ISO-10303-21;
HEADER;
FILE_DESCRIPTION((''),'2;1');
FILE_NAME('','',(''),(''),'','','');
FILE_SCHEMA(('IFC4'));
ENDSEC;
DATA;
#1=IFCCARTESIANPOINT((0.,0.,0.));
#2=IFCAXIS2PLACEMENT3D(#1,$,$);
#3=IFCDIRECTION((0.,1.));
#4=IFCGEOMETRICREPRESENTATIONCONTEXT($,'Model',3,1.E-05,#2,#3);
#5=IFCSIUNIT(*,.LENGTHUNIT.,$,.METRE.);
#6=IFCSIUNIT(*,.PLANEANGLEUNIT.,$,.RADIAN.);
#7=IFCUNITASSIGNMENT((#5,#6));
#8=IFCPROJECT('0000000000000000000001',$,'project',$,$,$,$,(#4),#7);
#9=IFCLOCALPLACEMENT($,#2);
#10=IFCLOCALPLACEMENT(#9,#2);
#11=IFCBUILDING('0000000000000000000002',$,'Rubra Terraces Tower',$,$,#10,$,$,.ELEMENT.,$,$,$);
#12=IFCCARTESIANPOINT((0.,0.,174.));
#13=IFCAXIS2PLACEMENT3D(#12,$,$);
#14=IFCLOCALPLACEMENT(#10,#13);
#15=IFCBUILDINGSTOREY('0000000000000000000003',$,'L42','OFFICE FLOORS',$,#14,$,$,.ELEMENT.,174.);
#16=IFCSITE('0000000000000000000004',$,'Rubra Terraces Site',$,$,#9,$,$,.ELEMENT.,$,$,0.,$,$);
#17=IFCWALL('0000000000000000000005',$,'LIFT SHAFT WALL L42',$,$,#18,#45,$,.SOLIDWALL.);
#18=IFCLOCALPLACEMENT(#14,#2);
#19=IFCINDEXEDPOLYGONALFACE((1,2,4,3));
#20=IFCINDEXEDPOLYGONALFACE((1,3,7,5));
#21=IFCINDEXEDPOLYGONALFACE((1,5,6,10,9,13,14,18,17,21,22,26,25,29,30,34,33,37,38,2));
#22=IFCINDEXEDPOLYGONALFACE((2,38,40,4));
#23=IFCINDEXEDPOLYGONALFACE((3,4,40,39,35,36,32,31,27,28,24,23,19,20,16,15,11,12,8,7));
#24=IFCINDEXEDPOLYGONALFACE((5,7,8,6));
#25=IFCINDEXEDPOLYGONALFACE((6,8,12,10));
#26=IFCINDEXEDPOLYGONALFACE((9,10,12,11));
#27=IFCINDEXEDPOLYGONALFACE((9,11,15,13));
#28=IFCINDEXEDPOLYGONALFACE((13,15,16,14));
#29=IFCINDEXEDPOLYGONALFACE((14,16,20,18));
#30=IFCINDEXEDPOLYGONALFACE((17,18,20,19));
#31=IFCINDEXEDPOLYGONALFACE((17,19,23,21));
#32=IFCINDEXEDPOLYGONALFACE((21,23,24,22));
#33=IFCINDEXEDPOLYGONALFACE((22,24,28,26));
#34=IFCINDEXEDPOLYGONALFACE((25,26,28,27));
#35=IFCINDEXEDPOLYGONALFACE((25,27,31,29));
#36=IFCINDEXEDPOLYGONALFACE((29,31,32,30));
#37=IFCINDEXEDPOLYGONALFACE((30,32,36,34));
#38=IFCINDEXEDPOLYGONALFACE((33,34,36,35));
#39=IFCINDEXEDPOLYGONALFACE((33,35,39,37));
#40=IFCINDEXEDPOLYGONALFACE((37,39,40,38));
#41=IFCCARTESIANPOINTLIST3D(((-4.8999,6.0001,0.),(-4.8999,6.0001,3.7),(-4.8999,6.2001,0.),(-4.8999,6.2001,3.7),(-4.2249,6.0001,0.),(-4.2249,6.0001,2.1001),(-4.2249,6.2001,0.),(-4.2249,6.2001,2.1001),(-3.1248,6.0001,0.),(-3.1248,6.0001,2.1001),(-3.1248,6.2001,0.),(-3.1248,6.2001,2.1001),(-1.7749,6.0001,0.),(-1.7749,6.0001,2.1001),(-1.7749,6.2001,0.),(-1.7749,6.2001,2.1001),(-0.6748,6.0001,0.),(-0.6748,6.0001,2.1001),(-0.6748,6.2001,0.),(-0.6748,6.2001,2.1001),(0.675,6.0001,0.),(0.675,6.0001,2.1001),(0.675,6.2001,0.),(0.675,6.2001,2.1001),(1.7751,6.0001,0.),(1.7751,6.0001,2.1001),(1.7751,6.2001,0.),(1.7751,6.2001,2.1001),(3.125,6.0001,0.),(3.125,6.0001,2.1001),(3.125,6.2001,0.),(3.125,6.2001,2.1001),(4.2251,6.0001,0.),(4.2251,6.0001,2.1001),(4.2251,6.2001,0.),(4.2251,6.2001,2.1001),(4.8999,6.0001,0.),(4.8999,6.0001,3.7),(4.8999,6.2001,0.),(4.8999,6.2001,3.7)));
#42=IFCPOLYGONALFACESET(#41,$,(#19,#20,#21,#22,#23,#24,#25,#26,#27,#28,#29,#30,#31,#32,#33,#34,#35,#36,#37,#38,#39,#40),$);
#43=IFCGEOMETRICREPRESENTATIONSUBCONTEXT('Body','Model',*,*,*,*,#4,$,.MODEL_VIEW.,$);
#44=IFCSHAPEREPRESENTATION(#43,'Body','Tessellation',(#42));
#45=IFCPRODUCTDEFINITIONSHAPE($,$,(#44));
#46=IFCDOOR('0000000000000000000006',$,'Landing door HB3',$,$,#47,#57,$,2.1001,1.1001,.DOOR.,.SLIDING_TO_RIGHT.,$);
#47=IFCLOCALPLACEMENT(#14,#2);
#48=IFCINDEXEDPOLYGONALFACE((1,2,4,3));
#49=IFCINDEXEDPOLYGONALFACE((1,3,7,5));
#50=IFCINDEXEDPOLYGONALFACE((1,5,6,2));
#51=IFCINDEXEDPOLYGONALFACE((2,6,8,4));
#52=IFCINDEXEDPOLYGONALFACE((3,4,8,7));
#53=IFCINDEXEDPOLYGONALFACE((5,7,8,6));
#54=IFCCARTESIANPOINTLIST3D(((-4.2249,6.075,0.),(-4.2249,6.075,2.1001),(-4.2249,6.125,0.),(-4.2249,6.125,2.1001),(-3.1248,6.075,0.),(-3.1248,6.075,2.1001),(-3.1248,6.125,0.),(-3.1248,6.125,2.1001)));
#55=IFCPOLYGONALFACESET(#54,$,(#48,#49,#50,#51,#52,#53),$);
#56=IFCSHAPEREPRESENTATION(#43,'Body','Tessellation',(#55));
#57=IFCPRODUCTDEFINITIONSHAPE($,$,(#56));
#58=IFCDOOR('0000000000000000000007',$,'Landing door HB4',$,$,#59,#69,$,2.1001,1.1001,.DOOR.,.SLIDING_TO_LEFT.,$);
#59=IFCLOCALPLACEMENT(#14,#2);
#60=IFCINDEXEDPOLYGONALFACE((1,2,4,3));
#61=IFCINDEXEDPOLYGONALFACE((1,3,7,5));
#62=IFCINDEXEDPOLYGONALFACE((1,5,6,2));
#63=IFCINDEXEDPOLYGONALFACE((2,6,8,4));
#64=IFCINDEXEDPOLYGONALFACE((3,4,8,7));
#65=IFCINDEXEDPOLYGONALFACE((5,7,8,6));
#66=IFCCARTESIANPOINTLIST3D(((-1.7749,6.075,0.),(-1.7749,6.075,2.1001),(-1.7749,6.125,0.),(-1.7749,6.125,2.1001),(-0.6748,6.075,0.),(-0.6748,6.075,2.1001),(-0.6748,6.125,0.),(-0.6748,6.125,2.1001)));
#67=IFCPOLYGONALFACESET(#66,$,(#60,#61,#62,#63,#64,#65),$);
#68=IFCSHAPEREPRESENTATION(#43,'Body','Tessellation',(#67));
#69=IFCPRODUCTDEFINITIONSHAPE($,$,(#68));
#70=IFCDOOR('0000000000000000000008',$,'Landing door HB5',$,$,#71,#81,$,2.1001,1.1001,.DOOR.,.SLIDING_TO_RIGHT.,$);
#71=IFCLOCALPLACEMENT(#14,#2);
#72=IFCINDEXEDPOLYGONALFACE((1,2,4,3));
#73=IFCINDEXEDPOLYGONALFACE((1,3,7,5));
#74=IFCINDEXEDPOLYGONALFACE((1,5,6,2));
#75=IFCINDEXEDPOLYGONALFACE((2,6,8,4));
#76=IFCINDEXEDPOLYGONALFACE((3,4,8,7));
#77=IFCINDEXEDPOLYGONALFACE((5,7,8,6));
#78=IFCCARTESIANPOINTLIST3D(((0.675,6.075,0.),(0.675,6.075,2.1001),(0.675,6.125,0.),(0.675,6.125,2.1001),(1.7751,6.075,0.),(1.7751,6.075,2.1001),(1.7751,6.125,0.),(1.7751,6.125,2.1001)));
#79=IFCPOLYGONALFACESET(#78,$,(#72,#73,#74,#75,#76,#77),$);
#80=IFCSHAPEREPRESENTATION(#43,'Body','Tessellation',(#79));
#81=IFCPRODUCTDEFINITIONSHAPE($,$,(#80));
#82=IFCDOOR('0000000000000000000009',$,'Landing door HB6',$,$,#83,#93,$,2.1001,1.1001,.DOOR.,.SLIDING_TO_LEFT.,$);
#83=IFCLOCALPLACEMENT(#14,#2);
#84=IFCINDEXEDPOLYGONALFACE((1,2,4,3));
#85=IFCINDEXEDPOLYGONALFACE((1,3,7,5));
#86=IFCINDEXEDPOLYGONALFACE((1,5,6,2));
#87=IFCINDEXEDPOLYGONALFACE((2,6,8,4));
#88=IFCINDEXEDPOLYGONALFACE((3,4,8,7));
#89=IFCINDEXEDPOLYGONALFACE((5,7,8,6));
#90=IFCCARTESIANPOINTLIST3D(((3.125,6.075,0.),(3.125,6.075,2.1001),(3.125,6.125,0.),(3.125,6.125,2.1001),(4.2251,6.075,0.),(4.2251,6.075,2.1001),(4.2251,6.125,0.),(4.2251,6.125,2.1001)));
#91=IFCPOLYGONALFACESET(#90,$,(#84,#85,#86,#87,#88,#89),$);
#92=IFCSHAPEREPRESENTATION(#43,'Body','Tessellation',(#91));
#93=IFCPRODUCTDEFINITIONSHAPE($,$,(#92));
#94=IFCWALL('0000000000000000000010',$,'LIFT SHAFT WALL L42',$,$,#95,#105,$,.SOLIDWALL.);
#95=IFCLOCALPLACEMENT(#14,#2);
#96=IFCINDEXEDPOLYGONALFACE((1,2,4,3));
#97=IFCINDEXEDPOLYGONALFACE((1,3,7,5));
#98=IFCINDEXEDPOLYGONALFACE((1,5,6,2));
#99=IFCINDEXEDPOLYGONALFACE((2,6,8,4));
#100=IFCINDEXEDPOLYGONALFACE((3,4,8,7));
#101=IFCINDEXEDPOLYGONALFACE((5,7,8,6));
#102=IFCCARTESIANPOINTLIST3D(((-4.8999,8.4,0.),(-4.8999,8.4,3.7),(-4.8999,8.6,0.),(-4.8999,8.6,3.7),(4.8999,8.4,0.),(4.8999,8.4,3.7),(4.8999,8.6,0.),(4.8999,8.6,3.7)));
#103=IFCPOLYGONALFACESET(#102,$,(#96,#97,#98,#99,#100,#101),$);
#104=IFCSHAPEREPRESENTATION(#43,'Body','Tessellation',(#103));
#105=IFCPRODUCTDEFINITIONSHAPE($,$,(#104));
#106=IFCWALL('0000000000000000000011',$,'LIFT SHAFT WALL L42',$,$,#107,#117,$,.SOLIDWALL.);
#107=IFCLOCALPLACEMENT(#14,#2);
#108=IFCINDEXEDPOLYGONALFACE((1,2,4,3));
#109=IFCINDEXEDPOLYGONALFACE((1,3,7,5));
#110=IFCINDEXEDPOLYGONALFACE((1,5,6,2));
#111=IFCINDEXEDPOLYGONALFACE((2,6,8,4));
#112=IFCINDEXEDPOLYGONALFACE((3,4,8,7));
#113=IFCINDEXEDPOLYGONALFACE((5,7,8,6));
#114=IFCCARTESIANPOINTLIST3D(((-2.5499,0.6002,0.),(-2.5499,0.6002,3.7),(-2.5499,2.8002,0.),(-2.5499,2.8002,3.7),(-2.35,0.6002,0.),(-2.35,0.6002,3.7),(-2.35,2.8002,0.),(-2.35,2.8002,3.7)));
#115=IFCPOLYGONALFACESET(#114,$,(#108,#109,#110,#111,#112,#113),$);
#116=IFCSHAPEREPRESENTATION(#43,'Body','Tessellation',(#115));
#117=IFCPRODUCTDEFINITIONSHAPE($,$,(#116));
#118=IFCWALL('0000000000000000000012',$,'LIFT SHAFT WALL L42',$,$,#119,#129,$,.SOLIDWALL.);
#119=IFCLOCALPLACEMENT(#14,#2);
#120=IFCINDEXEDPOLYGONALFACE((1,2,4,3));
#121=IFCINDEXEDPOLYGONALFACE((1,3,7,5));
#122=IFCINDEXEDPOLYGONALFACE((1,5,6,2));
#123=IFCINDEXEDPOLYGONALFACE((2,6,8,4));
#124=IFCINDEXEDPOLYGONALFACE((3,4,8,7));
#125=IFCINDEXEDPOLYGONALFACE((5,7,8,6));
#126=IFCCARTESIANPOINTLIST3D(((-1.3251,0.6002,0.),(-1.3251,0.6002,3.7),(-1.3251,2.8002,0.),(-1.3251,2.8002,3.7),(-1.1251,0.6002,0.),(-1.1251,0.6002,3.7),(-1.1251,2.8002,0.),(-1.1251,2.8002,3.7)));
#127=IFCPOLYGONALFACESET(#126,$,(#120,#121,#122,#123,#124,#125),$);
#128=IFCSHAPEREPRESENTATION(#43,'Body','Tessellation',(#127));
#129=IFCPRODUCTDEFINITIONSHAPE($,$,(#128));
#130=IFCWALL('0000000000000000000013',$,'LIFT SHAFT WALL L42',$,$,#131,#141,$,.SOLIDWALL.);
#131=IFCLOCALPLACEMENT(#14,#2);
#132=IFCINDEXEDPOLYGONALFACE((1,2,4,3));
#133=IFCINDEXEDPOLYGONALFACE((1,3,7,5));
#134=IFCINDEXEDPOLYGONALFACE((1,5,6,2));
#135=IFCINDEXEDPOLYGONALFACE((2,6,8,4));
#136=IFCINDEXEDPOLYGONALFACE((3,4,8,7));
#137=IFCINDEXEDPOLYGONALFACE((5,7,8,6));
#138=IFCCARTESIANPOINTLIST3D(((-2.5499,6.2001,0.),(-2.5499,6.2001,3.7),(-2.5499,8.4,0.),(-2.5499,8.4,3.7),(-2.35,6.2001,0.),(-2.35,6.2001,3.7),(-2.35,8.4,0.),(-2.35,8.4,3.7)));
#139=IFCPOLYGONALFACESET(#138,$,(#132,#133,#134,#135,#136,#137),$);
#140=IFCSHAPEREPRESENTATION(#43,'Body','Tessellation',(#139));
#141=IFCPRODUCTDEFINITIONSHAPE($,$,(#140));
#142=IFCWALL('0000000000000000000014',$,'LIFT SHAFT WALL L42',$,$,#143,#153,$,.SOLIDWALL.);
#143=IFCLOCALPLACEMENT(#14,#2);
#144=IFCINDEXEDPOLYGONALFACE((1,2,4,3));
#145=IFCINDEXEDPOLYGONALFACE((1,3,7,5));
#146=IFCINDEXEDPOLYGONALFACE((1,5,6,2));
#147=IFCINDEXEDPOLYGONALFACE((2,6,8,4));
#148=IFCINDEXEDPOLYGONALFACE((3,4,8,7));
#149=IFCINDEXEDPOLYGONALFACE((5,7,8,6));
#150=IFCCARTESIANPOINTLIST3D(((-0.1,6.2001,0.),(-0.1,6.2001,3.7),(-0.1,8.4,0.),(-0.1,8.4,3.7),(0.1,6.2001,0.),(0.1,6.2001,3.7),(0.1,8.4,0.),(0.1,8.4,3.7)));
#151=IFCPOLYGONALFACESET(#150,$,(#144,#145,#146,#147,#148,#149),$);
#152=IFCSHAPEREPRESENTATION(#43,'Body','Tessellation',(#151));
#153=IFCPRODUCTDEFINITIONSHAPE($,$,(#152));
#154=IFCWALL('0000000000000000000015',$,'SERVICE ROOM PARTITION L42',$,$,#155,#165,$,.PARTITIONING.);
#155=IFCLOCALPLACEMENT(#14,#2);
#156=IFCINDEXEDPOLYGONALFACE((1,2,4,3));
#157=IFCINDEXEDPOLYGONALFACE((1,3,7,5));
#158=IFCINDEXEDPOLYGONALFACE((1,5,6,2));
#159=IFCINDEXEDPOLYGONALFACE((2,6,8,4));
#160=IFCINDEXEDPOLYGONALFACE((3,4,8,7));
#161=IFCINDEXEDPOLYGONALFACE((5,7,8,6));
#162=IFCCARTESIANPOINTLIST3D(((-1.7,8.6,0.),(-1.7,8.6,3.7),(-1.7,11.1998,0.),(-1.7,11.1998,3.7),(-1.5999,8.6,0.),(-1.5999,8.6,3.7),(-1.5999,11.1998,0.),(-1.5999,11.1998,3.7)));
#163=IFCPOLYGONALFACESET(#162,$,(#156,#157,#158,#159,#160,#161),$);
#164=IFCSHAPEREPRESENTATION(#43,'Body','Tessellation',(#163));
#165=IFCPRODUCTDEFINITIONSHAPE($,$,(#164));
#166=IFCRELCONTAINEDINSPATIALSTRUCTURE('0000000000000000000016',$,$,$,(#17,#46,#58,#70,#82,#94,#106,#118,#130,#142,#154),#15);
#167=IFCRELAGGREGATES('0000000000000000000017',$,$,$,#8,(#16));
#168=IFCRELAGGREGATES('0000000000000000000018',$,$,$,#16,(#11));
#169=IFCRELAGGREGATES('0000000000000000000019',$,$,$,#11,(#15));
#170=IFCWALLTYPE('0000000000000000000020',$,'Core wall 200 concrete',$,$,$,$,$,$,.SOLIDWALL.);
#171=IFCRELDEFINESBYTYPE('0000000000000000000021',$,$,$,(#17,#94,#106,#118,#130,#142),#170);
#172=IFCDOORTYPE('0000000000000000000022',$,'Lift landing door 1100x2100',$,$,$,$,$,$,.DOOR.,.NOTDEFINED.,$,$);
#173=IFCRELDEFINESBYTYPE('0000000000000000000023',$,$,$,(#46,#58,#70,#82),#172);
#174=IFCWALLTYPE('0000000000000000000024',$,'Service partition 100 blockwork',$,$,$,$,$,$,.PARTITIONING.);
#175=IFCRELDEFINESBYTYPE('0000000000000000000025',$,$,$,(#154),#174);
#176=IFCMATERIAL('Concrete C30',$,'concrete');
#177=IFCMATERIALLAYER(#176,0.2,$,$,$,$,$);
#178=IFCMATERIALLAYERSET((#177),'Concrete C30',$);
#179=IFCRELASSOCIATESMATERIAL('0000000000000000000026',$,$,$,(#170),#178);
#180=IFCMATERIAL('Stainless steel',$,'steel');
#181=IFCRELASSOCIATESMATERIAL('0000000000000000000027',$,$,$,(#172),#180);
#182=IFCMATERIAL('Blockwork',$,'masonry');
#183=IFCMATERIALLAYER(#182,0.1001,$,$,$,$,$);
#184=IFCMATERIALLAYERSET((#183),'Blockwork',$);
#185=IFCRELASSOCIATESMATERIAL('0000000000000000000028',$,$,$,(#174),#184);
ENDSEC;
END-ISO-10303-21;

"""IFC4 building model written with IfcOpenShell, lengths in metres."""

from ifc_helpers import new_model, si_unit, direction, frame, frame_2d, origin, place, context, subcontext, project, spatial, rectangle, extrude, material, layer, layer_set, type_object, element, fill, save


model = new_model("IFC4")

# Units and contexts
model_context = context("Model", 3, precision=1e-05, world=origin(), true_north=direction((0.0, 1.0)))
body_context = subcontext(model_context, "Body", "Model", "MODEL_VIEW")
ifc_project = project(units=[si_unit("LENGTHUNIT", "METRE"), si_unit("PLANEANGLEUNIT", "RADIAN")], contexts=[model_context])

# Site, building, storey
site_placement = place(None, origin())
site = spatial("IfcSite", under=ifc_project, at=site_placement, Name="Rubra Terraces Site", CompositionType="ELEMENT", RefElevation=0.0)
building_placement = place(site_placement, origin())
building = spatial("IfcBuilding", under=site, at=building_placement, Name="Rubra Terraces Tower", CompositionType="ELEMENT")
storey_placement = place(building_placement, frame((0.0, 0.0, 174.0)))
storey = spatial("IfcBuildingStorey", under=building, at=storey_placement, Name="L42", Description="OFFICE FLOORS", CompositionType="ELEMENT", Elevation=174.0)

# Shared definitions
ifc_material_1 = material(Name="Concrete C30", Category="concrete")
ifc_layer_1 = layer(ifc_material_1, 0.2)
ifc_layer_set_1 = layer_set([ifc_layer_1], Name="Concrete C30")
wall_type_1 = type_object("IfcWallType", Name="Core wall 200 concrete", PredefinedType="SOLIDWALL", material=ifc_layer_set_1)

# Wall, openings, doors
ifc_material_2 = material(Name="Stainless steel", Category="steel")
door_type_1 = type_object("IfcDoorType", Name="Lift landing door 1100x2100", OperationType="NOTDEFINED", PredefinedType="DOOR", material=ifc_material_2)
wall_1_placement = place(storey_placement, frame((-4.8999, 6.1001, 0.0), z_axis=(0.0, 0.0, 1.0), x_axis=(1.0, 0.0, 0.0)))
wall_1 = element("IfcWall", 1, at=wall_1_placement, inside=storey, type_object=wall_type_1, Name="LIFT SHAFT WALL L42", PredefinedType="SOLIDWALL", context=body_context, shape_type="SweptSolid", body=[
    extrude(rectangle(XDim=9.7998, YDim=0.2, at=frame_2d((4.8999, 0.0))), origin(), (0.0, 0.0, 1.0), 3.7),
])
opening_1_placement = place(wall_1_placement, frame((0.675, 0.0, 0.0)))
opening_1 = element("IfcOpeningElement", 2, at=opening_1_placement, cuts=wall_1, PredefinedType="OPENING", context=body_context, shape_type="SweptSolid", body=[
    extrude(rectangle(XDim=1.1001, YDim=2.1001, at=frame_2d((0.55, 1.05))), frame((0.0, 0.1099, 0.0), z_axis=(0.0, -1.0, 0.0), x_axis=(1.0, 0.0, 0.0)), (0.0, 0.0, 1.0), 0.22),
])
opening_2_placement = place(wall_1_placement, frame((3.125, 0.0, 0.0)))
opening_2 = element("IfcOpeningElement", 3, at=opening_2_placement, cuts=wall_1, PredefinedType="OPENING", context=body_context, shape_type="SweptSolid", body=[
    extrude(rectangle(XDim=1.1001, YDim=2.1001, at=frame_2d((0.55, 1.05))), frame((0.0, 0.1099, 0.0), z_axis=(0.0, -1.0, 0.0), x_axis=(1.0, 0.0, 0.0)), (0.0, 0.0, 1.0), 0.22),
])
opening_3_placement = place(wall_1_placement, frame((5.575, 0.0, 0.0)))
opening_3 = element("IfcOpeningElement", 4, at=opening_3_placement, cuts=wall_1, PredefinedType="OPENING", context=body_context, shape_type="SweptSolid", body=[
    extrude(rectangle(XDim=1.1001, YDim=2.1001, at=frame_2d((0.55, 1.05))), frame((0.0, 0.1099, 0.0), z_axis=(0.0, -1.0, 0.0), x_axis=(1.0, 0.0, 0.0)), (0.0, 0.0, 1.0), 0.22),
])
opening_4_placement = place(wall_1_placement, frame((8.0249, 0.0, 0.0)))
opening_4 = element("IfcOpeningElement", 5, at=opening_4_placement, cuts=wall_1, PredefinedType="OPENING", context=body_context, shape_type="SweptSolid", body=[
    extrude(rectangle(XDim=1.1001, YDim=2.1001, at=frame_2d((0.55, 1.05))), frame((0.0, 0.1099, 0.0), z_axis=(0.0, -1.0, 0.0), x_axis=(1.0, 0.0, 0.0)), (0.0, 0.0, 1.0), 0.22),
])
door_1_placement = place(opening_1_placement, origin())
door_1 = element("IfcDoor", 6, at=door_1_placement, inside=storey, type_object=door_type_1, Name="Landing door HB3", OperationType="SLIDING_TO_RIGHT", OverallHeight=2.1001, OverallWidth=1.1001, PredefinedType="DOOR", context=body_context, shape_type="SweptSolid", body=[
    extrude(rectangle(XDim=1.1001, YDim=2.1001, at=frame_2d((0.55, 1.05))), frame((0.0, 0.0249, 0.0), z_axis=(0.0, -1.0, 0.0), x_axis=(1.0, 0.0, 0.0)), (0.0, 0.0, 1.0), 0.05),
])
fill(opening_1, door_1)
door_2_placement = place(opening_2_placement, origin())
door_2 = element("IfcDoor", 7, at=door_2_placement, inside=storey, type_object=door_type_1, Name="Landing door HB4", OperationType="SLIDING_TO_LEFT", OverallHeight=2.1001, OverallWidth=1.1001, PredefinedType="DOOR", context=body_context, shape_type="SweptSolid", body=[
    extrude(rectangle(XDim=1.1001, YDim=2.1001, at=frame_2d((0.55, 1.05))), frame((0.0, 0.0249, 0.0), z_axis=(0.0, -1.0, 0.0), x_axis=(1.0, 0.0, 0.0)), (0.0, 0.0, 1.0), 0.05),
])
fill(opening_2, door_2)
door_3_placement = place(opening_3_placement, origin())
door_3 = element("IfcDoor", 8, at=door_3_placement, inside=storey, type_object=door_type_1, Name="Landing door HB5", OperationType="SLIDING_TO_RIGHT", OverallHeight=2.1001, OverallWidth=1.1001, PredefinedType="DOOR", context=body_context, shape_type="SweptSolid", body=[
    extrude(rectangle(XDim=1.1001, YDim=2.1001, at=frame_2d((0.55, 1.05))), frame((0.0, 0.0249, 0.0), z_axis=(0.0, -1.0, 0.0), x_axis=(1.0, 0.0, 0.0)), (0.0, 0.0, 1.0), 0.05),
])
fill(opening_3, door_3)
door_4_placement = place(opening_4_placement, origin())
door_4 = element("IfcDoor", 9, at=door_4_placement, inside=storey, type_object=door_type_1, Name="Landing door HB6", OperationType="SLIDING_TO_LEFT", OverallHeight=2.1001, OverallWidth=1.1001, PredefinedType="DOOR", context=body_context, shape_type="SweptSolid", body=[
    extrude(rectangle(XDim=1.1001, YDim=2.1001, at=frame_2d((0.55, 1.05))), frame((0.0, 0.0249, 0.0), z_axis=(0.0, -1.0, 0.0), x_axis=(1.0, 0.0, 0.0)), (0.0, 0.0, 1.0), 0.05),
])
fill(opening_4, door_4)

# Walls
wall_2_placement = place(storey_placement, frame((-4.8999, 8.5, 0.0), z_axis=(0.0, 0.0, 1.0), x_axis=(1.0, 0.0, 0.0)))
element("IfcWall", 10, at=wall_2_placement, inside=storey, type_object=wall_type_1, Name="LIFT SHAFT WALL L42", PredefinedType="SOLIDWALL", context=body_context, shape_type="SweptSolid", body=[
    extrude(rectangle(XDim=9.7998, YDim=0.2, at=frame_2d((4.8999, 0.0))), origin(), (0.0, 0.0, 1.0), 3.7),
])
for number, where, z_axis, x_axis, name in (
    (11, (-2.45, 0.6001, 0.0), (0.0, 0.0, 1.0), (0.0, 1.0, 0.0), "LIFT SHAFT WALL L42"),
    (12, (-1.2251, 0.6001, 0.0), (0.0, 0.0, 1.0), (0.0, 1.0, 0.0), "LIFT SHAFT WALL L42"),
    (13, (-2.45, 6.2, 0.0), (0.0, 0.0, 1.0), (0.0, 1.0, 0.0), "LIFT SHAFT WALL L42"),
    (14, (0.0, 6.2, 0.0), (0.0, 0.0, 1.0), (0.0, 1.0, 0.0), "LIFT SHAFT WALL L42"),
):
    element("IfcWall", number, at=place(storey_placement, frame(where, z_axis=z_axis, x_axis=x_axis)), inside=storey, type_object=wall_type_1, Name=name, PredefinedType="SOLIDWALL", context=body_context, shape_type="SweptSolid", body=[
        extrude(rectangle(XDim=2.2, YDim=0.2, at=frame_2d((1.1001, 0.0))), origin(), (0.0, 0.0, 1.0), 3.7),
    ])
ifc_material_3 = material(Name="Blockwork", Category="masonry")
ifc_layer_2 = layer(ifc_material_3, 0.1001)
ifc_layer_set_2 = layer_set([ifc_layer_2], Name="Blockwork")
wall_type_2 = type_object("IfcWallType", Name="Service partition 100 blockwork", PredefinedType="PARTITIONING", material=ifc_layer_set_2)
wall_3_placement = place(storey_placement, frame((-1.6499, 8.6001, 0.0), z_axis=(0.0, 0.0, 1.0), x_axis=(0.0, 1.0, 0.0)))
element("IfcWall", 15, at=wall_3_placement, inside=storey, type_object=wall_type_2, Name="SERVICE ROOM PARTITION L42", PredefinedType="PARTITIONING", context=body_context, shape_type="SweptSolid", body=[
    extrude(rectangle(XDim=2.5999, YDim=0.1001, at=frame_2d((1.2998, 0.0))), origin(), (0.0, 0.0, 1.0), 3.7),
])

save(model, "model.ifc")
